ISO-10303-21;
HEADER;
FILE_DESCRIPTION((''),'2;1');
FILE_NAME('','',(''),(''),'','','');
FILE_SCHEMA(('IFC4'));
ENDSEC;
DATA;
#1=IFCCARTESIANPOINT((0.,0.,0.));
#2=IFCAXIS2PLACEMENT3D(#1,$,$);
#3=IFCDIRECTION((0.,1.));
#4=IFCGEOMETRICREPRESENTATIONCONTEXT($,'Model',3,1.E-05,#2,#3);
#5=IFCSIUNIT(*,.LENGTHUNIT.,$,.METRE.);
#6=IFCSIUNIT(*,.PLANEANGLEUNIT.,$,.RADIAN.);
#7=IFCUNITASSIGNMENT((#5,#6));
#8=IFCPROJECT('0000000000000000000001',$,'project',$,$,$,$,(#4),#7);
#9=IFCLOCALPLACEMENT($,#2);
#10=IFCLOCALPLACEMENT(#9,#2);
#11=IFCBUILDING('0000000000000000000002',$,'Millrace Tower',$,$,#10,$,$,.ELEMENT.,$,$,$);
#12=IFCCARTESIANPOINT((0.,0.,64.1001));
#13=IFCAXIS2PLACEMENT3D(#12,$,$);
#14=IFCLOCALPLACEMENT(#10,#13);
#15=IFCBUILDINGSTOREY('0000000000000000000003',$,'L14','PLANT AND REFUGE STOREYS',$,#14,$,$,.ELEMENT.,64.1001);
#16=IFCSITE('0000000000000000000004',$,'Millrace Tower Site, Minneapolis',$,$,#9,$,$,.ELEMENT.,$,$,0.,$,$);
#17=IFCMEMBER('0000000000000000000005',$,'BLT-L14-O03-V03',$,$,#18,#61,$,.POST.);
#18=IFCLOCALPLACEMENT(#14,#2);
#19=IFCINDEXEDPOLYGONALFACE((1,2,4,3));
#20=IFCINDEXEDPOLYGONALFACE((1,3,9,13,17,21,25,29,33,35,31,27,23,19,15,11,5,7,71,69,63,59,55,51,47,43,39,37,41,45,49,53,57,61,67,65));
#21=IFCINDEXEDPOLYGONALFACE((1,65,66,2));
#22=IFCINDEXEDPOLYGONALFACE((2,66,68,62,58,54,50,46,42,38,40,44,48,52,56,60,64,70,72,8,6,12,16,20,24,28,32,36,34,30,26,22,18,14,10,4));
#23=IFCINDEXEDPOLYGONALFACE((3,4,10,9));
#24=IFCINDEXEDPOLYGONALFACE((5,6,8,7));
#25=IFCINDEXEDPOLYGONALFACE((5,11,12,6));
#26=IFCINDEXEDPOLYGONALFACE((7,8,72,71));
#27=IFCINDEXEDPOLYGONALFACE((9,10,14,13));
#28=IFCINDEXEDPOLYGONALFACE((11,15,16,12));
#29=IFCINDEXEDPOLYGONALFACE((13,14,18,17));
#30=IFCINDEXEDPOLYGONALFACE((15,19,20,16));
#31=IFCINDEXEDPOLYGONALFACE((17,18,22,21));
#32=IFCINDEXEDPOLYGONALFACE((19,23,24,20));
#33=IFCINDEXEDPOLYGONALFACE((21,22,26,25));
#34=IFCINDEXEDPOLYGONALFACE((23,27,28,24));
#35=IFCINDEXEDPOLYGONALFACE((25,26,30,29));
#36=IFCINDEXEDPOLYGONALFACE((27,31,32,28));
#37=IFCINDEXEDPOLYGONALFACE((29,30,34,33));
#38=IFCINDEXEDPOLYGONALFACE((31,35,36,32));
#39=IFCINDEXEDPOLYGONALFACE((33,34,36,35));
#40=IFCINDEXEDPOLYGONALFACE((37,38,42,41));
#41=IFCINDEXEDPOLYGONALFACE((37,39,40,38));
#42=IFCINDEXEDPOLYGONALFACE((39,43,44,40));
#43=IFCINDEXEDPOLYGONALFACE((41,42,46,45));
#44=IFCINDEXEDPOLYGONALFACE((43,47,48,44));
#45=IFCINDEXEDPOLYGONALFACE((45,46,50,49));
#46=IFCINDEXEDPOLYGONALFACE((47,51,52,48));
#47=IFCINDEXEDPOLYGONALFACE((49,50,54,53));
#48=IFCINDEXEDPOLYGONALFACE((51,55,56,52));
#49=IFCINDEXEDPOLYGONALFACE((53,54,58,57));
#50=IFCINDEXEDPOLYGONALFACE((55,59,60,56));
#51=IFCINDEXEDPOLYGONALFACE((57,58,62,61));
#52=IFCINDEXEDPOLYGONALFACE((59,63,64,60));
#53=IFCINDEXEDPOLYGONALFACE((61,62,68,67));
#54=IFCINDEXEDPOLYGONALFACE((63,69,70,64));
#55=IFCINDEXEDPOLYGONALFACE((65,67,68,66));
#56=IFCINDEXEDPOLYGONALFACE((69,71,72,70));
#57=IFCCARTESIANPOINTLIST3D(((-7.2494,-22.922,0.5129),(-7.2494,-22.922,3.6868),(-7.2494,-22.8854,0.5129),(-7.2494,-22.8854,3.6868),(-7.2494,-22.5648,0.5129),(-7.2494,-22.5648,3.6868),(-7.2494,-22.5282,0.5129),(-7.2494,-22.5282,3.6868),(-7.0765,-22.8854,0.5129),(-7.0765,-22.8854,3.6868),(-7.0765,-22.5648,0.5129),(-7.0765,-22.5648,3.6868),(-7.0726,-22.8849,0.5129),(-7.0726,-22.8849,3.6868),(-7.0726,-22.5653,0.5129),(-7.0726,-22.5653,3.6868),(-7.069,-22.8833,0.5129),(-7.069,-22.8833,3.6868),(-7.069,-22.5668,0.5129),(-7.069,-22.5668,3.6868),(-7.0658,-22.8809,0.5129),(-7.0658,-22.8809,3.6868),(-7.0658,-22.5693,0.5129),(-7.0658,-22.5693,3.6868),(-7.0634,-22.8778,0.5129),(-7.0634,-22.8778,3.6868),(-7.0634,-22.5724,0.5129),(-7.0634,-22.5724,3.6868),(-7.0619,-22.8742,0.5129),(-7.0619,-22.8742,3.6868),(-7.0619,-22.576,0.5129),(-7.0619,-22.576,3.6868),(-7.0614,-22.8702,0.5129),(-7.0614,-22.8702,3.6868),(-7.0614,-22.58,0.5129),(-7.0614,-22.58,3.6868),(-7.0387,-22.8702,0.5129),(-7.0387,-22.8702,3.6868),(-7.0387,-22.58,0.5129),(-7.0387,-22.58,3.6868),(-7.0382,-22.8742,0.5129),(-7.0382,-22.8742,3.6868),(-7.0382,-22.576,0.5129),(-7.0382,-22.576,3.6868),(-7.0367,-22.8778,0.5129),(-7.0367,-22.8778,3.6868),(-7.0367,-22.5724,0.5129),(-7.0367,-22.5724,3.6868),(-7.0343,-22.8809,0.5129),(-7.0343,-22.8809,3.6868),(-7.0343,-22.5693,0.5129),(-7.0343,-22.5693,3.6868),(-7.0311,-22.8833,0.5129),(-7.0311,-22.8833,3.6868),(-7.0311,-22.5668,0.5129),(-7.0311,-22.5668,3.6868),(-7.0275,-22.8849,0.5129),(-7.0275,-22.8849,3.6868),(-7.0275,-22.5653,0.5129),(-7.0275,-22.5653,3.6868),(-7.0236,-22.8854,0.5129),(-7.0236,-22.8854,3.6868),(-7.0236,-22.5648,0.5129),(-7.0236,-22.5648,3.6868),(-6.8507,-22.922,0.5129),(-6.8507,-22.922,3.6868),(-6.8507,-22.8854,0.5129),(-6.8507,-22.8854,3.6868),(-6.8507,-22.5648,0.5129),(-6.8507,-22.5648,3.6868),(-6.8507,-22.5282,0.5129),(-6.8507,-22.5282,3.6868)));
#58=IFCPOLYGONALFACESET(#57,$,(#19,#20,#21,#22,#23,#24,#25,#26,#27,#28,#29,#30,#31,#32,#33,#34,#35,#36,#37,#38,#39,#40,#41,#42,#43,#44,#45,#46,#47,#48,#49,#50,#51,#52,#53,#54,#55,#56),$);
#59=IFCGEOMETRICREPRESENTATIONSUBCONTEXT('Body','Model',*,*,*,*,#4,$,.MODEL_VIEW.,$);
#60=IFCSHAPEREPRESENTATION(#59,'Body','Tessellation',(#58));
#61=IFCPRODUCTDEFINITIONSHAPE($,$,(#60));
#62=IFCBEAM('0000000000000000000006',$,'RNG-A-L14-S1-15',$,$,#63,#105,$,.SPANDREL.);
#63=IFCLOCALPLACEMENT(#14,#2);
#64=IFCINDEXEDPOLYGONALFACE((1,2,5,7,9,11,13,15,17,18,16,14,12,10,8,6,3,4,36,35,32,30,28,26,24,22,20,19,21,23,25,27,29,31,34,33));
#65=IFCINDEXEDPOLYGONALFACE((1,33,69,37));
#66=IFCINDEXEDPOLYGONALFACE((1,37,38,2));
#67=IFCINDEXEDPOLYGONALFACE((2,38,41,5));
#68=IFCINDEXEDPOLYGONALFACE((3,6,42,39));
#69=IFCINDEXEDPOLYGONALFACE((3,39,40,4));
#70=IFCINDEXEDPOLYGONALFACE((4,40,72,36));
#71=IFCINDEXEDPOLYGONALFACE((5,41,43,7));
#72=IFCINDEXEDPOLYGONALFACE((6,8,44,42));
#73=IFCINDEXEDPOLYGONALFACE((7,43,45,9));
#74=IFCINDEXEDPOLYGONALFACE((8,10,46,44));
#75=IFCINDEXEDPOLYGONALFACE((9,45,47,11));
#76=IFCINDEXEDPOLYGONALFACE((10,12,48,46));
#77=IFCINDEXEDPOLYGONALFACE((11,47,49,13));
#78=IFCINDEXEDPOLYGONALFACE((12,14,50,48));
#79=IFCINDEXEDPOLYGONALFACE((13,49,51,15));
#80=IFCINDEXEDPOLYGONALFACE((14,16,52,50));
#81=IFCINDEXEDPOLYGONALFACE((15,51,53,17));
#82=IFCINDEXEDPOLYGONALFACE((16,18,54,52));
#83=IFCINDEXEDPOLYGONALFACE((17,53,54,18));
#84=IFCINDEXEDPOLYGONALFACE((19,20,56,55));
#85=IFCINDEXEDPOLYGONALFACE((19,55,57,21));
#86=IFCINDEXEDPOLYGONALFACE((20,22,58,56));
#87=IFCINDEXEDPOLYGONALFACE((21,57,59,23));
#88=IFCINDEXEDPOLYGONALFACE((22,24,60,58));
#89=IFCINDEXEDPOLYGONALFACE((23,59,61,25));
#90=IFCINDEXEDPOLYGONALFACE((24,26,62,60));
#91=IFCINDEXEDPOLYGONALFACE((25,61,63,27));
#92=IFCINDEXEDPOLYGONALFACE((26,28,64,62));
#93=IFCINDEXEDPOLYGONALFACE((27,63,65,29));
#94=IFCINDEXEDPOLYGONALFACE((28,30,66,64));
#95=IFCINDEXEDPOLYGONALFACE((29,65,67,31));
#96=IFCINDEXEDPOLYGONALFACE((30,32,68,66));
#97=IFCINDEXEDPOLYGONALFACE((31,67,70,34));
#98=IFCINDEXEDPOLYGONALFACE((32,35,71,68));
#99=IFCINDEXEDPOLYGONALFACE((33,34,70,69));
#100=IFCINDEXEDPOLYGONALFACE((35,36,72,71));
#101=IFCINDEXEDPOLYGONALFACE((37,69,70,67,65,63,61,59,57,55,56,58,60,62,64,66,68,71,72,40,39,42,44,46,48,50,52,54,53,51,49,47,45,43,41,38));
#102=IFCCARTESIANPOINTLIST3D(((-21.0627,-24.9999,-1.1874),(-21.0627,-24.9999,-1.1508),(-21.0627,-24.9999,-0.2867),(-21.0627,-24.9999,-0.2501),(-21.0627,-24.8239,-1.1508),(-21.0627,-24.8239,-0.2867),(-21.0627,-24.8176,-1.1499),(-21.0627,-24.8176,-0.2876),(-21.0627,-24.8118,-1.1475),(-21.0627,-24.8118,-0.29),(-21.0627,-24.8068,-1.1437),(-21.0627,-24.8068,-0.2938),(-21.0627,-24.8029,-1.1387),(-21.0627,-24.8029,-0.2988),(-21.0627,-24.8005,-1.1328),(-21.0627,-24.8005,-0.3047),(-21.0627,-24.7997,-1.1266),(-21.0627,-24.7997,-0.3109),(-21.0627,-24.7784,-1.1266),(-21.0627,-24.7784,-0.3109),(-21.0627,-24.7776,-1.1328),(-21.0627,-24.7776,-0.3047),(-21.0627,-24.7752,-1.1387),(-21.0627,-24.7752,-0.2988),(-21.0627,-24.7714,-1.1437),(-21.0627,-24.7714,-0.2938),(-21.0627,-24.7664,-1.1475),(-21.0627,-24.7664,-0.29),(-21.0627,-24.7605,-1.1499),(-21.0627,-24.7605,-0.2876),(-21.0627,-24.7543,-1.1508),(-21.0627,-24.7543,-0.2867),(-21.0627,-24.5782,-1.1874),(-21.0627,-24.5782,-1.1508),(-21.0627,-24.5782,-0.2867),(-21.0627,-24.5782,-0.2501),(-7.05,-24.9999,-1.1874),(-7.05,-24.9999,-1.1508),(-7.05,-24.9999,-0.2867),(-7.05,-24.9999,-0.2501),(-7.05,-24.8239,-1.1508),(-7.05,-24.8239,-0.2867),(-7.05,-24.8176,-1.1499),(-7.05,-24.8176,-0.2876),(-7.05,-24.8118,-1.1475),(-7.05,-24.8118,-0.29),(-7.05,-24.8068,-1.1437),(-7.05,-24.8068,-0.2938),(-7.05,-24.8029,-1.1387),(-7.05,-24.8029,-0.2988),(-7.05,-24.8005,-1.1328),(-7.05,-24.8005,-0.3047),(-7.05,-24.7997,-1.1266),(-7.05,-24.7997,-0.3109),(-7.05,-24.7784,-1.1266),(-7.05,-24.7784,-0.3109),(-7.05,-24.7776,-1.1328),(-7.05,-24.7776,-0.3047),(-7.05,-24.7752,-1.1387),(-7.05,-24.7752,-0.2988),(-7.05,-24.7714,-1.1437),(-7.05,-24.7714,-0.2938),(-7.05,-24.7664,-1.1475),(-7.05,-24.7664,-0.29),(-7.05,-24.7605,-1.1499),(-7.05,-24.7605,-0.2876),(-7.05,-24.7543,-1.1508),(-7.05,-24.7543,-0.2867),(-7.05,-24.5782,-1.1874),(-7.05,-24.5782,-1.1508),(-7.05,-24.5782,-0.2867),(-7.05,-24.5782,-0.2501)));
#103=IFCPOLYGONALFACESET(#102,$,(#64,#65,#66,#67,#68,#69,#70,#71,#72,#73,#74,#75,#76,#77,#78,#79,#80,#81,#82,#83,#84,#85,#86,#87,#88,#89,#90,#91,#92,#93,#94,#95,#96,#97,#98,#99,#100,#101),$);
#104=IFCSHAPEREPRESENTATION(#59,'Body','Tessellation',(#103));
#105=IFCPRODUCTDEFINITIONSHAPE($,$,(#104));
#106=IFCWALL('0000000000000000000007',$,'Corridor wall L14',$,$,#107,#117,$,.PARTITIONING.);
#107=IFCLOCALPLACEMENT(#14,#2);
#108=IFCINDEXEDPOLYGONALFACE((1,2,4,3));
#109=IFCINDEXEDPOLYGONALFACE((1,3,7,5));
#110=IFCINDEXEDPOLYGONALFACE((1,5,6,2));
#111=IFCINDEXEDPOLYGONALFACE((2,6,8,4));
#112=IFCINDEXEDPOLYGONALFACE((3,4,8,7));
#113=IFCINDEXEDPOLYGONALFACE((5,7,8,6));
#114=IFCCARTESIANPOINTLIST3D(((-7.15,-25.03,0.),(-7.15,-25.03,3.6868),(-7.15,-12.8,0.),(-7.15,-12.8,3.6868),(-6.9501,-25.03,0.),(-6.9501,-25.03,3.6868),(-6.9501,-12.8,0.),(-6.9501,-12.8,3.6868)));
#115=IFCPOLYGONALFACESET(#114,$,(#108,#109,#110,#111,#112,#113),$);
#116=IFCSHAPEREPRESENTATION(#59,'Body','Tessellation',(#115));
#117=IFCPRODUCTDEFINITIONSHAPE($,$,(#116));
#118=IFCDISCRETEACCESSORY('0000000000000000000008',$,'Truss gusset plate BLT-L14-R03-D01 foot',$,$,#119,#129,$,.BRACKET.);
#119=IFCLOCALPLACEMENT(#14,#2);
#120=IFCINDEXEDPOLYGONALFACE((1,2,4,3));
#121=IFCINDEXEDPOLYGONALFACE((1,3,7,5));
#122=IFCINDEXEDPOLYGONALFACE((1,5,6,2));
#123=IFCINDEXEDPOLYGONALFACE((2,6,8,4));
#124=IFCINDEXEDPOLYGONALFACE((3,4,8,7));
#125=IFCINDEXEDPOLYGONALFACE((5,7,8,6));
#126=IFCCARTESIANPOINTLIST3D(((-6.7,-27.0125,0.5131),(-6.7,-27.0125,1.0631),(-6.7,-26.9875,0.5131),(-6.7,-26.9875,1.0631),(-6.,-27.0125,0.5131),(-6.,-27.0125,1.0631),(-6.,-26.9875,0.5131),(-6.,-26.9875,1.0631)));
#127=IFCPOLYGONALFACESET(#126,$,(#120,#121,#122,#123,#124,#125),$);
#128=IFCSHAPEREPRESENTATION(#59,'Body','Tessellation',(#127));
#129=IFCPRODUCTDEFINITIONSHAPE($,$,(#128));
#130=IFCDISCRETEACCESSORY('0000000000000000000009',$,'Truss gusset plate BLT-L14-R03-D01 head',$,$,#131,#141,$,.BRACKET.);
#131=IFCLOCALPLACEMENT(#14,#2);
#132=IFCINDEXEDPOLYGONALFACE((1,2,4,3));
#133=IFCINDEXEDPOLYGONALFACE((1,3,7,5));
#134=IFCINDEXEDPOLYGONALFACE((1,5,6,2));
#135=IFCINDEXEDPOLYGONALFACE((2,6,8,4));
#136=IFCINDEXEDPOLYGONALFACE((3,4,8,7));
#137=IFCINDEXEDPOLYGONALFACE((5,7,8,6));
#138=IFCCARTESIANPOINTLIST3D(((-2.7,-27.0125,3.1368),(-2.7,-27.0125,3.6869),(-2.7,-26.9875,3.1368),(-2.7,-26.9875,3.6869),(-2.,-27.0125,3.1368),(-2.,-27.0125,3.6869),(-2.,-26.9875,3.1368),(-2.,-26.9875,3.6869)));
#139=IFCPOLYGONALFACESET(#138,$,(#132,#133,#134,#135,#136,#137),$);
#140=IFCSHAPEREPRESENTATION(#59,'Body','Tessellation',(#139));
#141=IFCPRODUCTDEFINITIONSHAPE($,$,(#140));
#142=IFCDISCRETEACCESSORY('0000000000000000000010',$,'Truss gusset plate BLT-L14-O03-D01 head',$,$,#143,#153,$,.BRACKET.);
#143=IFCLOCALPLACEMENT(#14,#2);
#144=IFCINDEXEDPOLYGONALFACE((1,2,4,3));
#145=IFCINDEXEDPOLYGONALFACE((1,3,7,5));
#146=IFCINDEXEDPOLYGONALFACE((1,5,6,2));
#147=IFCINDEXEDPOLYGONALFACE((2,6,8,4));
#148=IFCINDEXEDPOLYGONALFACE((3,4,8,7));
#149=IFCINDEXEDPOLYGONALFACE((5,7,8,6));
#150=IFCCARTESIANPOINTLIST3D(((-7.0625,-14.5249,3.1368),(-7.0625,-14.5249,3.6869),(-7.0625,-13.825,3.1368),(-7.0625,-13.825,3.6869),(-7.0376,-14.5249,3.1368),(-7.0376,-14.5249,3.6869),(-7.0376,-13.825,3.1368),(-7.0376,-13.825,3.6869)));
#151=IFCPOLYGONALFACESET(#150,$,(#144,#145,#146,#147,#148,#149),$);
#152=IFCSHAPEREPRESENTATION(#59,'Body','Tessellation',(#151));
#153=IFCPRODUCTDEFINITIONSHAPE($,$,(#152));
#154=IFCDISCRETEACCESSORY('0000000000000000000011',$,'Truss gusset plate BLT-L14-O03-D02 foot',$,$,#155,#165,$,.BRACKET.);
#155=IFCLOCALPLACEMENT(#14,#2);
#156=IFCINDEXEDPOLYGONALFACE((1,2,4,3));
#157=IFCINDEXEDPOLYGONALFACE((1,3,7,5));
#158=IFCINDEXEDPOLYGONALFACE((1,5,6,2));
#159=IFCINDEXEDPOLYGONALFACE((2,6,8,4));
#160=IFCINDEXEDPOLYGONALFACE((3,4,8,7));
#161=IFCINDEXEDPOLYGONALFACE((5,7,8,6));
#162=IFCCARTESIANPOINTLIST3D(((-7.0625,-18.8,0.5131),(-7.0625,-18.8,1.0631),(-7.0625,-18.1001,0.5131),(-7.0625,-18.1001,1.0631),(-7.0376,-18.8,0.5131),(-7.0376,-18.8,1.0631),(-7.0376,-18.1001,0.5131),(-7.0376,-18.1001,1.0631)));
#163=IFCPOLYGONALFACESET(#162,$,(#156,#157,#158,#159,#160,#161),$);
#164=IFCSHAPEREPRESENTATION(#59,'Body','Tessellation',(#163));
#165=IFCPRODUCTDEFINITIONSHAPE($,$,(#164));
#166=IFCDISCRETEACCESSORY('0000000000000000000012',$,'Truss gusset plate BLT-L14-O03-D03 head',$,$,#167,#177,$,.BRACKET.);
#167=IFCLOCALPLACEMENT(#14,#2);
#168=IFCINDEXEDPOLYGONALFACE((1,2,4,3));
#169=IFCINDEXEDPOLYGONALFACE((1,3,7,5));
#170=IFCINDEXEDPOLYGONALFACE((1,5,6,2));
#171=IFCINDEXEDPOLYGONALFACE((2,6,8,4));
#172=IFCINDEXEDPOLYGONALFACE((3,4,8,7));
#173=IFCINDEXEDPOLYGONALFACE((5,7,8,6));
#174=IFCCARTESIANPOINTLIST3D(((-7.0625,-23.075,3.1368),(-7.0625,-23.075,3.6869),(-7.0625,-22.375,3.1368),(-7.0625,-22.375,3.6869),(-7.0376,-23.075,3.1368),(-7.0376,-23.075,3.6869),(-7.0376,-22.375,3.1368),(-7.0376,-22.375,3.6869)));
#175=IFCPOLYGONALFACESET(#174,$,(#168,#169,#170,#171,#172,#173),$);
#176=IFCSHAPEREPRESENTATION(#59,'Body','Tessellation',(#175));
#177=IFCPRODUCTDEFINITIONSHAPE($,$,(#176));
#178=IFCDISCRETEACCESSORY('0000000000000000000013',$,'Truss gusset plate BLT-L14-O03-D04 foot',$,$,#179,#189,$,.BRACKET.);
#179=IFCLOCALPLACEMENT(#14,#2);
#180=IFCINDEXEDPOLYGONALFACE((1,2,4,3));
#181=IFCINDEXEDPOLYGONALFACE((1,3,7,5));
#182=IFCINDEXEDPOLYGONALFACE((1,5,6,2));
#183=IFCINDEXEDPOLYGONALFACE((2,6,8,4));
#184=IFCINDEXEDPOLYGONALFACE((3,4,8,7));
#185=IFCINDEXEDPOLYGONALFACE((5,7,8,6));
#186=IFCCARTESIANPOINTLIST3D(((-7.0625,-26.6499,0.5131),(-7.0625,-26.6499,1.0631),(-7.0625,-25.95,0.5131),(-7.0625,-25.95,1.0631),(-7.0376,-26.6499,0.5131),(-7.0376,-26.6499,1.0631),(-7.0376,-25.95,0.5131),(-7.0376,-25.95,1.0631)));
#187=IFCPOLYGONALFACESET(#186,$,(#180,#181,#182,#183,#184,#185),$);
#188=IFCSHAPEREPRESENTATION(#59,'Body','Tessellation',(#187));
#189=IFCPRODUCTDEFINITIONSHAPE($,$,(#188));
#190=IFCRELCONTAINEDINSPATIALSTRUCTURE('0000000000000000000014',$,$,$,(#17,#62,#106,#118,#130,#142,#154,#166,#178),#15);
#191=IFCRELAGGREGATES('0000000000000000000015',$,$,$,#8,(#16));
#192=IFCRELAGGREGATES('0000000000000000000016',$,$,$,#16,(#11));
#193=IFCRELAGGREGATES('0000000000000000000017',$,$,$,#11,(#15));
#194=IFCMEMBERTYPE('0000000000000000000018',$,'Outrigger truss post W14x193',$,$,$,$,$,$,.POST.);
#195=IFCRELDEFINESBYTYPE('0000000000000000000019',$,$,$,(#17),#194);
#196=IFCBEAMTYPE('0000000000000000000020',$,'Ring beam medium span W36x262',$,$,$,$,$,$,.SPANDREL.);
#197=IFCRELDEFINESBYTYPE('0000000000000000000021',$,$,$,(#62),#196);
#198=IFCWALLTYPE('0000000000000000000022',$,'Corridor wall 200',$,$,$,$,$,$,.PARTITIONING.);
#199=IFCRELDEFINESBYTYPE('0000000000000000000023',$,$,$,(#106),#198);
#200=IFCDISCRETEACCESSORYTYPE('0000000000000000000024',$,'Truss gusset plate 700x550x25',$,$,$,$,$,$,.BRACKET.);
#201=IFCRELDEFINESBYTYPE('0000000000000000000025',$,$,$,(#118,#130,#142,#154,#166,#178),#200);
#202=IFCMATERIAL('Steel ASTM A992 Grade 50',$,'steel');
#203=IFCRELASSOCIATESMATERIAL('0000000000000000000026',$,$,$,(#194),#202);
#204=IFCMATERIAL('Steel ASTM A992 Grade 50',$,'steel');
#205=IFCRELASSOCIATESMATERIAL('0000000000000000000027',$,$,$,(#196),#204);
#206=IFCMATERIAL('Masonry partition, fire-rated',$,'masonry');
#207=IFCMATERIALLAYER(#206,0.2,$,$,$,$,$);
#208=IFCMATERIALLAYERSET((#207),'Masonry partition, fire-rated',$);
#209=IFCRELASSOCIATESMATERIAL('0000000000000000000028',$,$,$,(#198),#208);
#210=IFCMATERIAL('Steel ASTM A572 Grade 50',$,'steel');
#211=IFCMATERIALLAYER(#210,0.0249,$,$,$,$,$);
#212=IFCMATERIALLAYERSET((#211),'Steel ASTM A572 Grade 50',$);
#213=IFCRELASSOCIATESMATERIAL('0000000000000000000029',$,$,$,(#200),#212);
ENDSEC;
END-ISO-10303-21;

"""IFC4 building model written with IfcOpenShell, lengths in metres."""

from ifc_helpers import new_model, si_unit, direction, frame, frame_2d, origin, origin_2d, place, context, subcontext, project, spatial, rectangle, i_section, extrude, material, layer, layer_set, material_profile, profile_set, type_object, element, save


model = new_model("IFC4")

# Units and contexts
model_context = context("Model", 3, precision=1e-05, world=origin(), true_north=direction((0.0, 1.0)))
body_context = subcontext(model_context, "Body", "Model", "MODEL_VIEW")
ifc_project = project(units=[si_unit("LENGTHUNIT", "METRE"), si_unit("PLANEANGLEUNIT", "RADIAN")], contexts=[model_context])

# Site, building, storey
site_placement = place(None, origin())
site = spatial("IfcSite", under=ifc_project, at=site_placement, Name="Millrace Tower Site, Minneapolis", CompositionType="ELEMENT", RefElevation=0.0)
building_placement = place(site_placement, origin())
building = spatial("IfcBuilding", under=site, at=building_placement, Name="Millrace Tower", CompositionType="ELEMENT")
storey_placement = place(building_placement, frame((0.0, 0.0, 64.1001)))
storey = spatial("IfcBuildingStorey", under=building, at=storey_placement, Name="L14", Description="PLANT AND REFUGE STOREYS", CompositionType="ELEMENT", Elevation=64.1001)

# Member
ifc_material_1 = material(Name="Steel ASTM A992 Grade 50", Category="steel")
ifc_material_profile_1 = material_profile(ifc_material_1, i_section(OverallWidth=0.3987, OverallDepth=0.3938, WebThickness=0.0227, FlangeThickness=0.0366, FilletRadius=0.0151, at=origin_2d()))
ifc_profile_set_1 = profile_set([ifc_material_profile_1], Name="Steel ASTM A992 Grade 50")
member_type_1 = type_object("IfcMemberType", Name="Outrigger truss post W14x193", PredefinedType="POST", material=ifc_profile_set_1)
for number, where, z_axis, x_axis, name in (
    (1, (-7.05, -22.7251, 0.5129), (0.0, 0.0, 1.0), (1.0, 0.0, 0.0), "BLT-L14-O03-V03"),
):
    element("IfcMember", number, at=place(storey_placement, frame(where, z_axis=z_axis, x_axis=x_axis)), inside=storey, type_object=member_type_1, Name=name, PredefinedType="POST", context=body_context, shape_type="SweptSolid", body=[
        extrude(i_section(OverallWidth=0.3987, OverallDepth=0.3938, WebThickness=0.0227, FlangeThickness=0.0366, FilletRadius=0.0151, at=origin_2d()), origin(), (0.0, 0.0, 1.0), 3.1738),
    ])

# Beam
ifc_material_2 = material(Name="Steel ASTM A992 Grade 50", Category="steel")
ifc_material_profile_2 = material_profile(ifc_material_2, i_section(OverallWidth=0.4216, OverallDepth=0.9373, WebThickness=0.0212, FlangeThickness=0.0366, FilletRadius=0.0242, at=origin_2d()))
ifc_profile_set_2 = profile_set([ifc_material_profile_2], Name="Steel ASTM A992 Grade 50")
beam_type_1 = type_object("IfcBeamType", Name="Ring beam medium span W36x262", PredefinedType="SPANDREL", material=ifc_profile_set_2)
beam_1_placement = place(storey_placement, frame((-7.05, -24.7891, -0.7188), z_axis=(-1.0, 0.0, 0.0), x_axis=(0.0, -1.0, 0.0)))
element("IfcBeam", 2, at=beam_1_placement, inside=storey, type_object=beam_type_1, Name="RNG-A-L14-S1-15", PredefinedType="SPANDREL", context=body_context, shape_type="SweptSolid", body=[
    extrude(i_section(OverallWidth=0.4216, OverallDepth=0.9373, WebThickness=0.0212, FlangeThickness=0.0366, FilletRadius=0.0242, at=origin_2d()), origin(), (0.0, 0.0, 1.0), 14.0127),
])

# Wall
ifc_material_3 = material(Name="Masonry partition, fire-rated", Category="masonry")
ifc_layer_1 = layer(ifc_material_3, 0.2)
ifc_layer_set_1 = layer_set([ifc_layer_1], Name="Masonry partition, fire-rated")
wall_type = type_object("IfcWallType", Name="Corridor wall 200", PredefinedType="PARTITIONING", material=ifc_layer_set_1)
wall_placement = place(storey_placement, frame((-7.05, -25.03, 0.0), z_axis=(0.0, 0.0, 1.0), x_axis=(0.0, 1.0, 0.0)))
element("IfcWall", 3, at=wall_placement, inside=storey, type_object=wall_type, Name="Corridor wall L14", PredefinedType="PARTITIONING", context=body_context, shape_type="SweptSolid", body=[
    extrude(rectangle(XDim=12.23, YDim=0.2, at=frame_2d((6.115, 0.0))), origin(), (0.0, 0.0, 1.0), 3.6868),
])

# Discrete accessories
ifc_material_4 = material(Name="Steel ASTM A572 Grade 50", Category="steel")
ifc_layer_2 = layer(ifc_material_4, 0.0249)
ifc_layer_set_2 = layer_set([ifc_layer_2], Name="Steel ASTM A572 Grade 50")
discrete_accessory_type = type_object("IfcDiscreteAccessoryType", Name="Truss gusset plate 700x550x25", PredefinedType="BRACKET", material=ifc_layer_set_2)
for number, where, z_axis, x_axis, name in (
    (4, (-6.7, -27.0, 0.7881), (1.0, 0.0, 0.0), (0.0, 1.0, 0.0), "Truss gusset plate BLT-L14-R03-D01 foot"),
    (5, (-2.7, -27.0, 3.4119), (1.0, 0.0, 0.0), (0.0, 1.0, 0.0), "Truss gusset plate BLT-L14-R03-D01 head"),
    (6, (-7.05, -14.5249, 3.4119), (0.0, 1.0, 0.0), (-1.0, 0.0, 0.0), "Truss gusset plate BLT-L14-O03-D01 head"),
    (7, (-7.05, -18.8, 0.7881), (0.0, 1.0, 0.0), (-1.0, 0.0, 0.0), "Truss gusset plate BLT-L14-O03-D02 foot"),
    (8, (-7.05, -23.075, 3.4119), (0.0, 1.0, 0.0), (-1.0, 0.0, 0.0), "Truss gusset plate BLT-L14-O03-D03 head"),
    (9, (-7.05, -26.6499, 0.7881), (0.0, 1.0, 0.0), (-1.0, 0.0, 0.0), "Truss gusset plate BLT-L14-O03-D04 foot"),
):
    element("IfcDiscreteAccessory", number, at=place(storey_placement, frame(where, z_axis=z_axis, x_axis=x_axis)), inside=storey, type_object=discrete_accessory_type, Name=name, PredefinedType="BRACKET", context=body_context, shape_type="SweptSolid", body=[
        extrude(rectangle(XDim=0.0249, YDim=0.55, at=origin_2d()), origin(), (0.0, 0.0, 1.0), 0.7),
    ])

save(model, "model.ifc")
